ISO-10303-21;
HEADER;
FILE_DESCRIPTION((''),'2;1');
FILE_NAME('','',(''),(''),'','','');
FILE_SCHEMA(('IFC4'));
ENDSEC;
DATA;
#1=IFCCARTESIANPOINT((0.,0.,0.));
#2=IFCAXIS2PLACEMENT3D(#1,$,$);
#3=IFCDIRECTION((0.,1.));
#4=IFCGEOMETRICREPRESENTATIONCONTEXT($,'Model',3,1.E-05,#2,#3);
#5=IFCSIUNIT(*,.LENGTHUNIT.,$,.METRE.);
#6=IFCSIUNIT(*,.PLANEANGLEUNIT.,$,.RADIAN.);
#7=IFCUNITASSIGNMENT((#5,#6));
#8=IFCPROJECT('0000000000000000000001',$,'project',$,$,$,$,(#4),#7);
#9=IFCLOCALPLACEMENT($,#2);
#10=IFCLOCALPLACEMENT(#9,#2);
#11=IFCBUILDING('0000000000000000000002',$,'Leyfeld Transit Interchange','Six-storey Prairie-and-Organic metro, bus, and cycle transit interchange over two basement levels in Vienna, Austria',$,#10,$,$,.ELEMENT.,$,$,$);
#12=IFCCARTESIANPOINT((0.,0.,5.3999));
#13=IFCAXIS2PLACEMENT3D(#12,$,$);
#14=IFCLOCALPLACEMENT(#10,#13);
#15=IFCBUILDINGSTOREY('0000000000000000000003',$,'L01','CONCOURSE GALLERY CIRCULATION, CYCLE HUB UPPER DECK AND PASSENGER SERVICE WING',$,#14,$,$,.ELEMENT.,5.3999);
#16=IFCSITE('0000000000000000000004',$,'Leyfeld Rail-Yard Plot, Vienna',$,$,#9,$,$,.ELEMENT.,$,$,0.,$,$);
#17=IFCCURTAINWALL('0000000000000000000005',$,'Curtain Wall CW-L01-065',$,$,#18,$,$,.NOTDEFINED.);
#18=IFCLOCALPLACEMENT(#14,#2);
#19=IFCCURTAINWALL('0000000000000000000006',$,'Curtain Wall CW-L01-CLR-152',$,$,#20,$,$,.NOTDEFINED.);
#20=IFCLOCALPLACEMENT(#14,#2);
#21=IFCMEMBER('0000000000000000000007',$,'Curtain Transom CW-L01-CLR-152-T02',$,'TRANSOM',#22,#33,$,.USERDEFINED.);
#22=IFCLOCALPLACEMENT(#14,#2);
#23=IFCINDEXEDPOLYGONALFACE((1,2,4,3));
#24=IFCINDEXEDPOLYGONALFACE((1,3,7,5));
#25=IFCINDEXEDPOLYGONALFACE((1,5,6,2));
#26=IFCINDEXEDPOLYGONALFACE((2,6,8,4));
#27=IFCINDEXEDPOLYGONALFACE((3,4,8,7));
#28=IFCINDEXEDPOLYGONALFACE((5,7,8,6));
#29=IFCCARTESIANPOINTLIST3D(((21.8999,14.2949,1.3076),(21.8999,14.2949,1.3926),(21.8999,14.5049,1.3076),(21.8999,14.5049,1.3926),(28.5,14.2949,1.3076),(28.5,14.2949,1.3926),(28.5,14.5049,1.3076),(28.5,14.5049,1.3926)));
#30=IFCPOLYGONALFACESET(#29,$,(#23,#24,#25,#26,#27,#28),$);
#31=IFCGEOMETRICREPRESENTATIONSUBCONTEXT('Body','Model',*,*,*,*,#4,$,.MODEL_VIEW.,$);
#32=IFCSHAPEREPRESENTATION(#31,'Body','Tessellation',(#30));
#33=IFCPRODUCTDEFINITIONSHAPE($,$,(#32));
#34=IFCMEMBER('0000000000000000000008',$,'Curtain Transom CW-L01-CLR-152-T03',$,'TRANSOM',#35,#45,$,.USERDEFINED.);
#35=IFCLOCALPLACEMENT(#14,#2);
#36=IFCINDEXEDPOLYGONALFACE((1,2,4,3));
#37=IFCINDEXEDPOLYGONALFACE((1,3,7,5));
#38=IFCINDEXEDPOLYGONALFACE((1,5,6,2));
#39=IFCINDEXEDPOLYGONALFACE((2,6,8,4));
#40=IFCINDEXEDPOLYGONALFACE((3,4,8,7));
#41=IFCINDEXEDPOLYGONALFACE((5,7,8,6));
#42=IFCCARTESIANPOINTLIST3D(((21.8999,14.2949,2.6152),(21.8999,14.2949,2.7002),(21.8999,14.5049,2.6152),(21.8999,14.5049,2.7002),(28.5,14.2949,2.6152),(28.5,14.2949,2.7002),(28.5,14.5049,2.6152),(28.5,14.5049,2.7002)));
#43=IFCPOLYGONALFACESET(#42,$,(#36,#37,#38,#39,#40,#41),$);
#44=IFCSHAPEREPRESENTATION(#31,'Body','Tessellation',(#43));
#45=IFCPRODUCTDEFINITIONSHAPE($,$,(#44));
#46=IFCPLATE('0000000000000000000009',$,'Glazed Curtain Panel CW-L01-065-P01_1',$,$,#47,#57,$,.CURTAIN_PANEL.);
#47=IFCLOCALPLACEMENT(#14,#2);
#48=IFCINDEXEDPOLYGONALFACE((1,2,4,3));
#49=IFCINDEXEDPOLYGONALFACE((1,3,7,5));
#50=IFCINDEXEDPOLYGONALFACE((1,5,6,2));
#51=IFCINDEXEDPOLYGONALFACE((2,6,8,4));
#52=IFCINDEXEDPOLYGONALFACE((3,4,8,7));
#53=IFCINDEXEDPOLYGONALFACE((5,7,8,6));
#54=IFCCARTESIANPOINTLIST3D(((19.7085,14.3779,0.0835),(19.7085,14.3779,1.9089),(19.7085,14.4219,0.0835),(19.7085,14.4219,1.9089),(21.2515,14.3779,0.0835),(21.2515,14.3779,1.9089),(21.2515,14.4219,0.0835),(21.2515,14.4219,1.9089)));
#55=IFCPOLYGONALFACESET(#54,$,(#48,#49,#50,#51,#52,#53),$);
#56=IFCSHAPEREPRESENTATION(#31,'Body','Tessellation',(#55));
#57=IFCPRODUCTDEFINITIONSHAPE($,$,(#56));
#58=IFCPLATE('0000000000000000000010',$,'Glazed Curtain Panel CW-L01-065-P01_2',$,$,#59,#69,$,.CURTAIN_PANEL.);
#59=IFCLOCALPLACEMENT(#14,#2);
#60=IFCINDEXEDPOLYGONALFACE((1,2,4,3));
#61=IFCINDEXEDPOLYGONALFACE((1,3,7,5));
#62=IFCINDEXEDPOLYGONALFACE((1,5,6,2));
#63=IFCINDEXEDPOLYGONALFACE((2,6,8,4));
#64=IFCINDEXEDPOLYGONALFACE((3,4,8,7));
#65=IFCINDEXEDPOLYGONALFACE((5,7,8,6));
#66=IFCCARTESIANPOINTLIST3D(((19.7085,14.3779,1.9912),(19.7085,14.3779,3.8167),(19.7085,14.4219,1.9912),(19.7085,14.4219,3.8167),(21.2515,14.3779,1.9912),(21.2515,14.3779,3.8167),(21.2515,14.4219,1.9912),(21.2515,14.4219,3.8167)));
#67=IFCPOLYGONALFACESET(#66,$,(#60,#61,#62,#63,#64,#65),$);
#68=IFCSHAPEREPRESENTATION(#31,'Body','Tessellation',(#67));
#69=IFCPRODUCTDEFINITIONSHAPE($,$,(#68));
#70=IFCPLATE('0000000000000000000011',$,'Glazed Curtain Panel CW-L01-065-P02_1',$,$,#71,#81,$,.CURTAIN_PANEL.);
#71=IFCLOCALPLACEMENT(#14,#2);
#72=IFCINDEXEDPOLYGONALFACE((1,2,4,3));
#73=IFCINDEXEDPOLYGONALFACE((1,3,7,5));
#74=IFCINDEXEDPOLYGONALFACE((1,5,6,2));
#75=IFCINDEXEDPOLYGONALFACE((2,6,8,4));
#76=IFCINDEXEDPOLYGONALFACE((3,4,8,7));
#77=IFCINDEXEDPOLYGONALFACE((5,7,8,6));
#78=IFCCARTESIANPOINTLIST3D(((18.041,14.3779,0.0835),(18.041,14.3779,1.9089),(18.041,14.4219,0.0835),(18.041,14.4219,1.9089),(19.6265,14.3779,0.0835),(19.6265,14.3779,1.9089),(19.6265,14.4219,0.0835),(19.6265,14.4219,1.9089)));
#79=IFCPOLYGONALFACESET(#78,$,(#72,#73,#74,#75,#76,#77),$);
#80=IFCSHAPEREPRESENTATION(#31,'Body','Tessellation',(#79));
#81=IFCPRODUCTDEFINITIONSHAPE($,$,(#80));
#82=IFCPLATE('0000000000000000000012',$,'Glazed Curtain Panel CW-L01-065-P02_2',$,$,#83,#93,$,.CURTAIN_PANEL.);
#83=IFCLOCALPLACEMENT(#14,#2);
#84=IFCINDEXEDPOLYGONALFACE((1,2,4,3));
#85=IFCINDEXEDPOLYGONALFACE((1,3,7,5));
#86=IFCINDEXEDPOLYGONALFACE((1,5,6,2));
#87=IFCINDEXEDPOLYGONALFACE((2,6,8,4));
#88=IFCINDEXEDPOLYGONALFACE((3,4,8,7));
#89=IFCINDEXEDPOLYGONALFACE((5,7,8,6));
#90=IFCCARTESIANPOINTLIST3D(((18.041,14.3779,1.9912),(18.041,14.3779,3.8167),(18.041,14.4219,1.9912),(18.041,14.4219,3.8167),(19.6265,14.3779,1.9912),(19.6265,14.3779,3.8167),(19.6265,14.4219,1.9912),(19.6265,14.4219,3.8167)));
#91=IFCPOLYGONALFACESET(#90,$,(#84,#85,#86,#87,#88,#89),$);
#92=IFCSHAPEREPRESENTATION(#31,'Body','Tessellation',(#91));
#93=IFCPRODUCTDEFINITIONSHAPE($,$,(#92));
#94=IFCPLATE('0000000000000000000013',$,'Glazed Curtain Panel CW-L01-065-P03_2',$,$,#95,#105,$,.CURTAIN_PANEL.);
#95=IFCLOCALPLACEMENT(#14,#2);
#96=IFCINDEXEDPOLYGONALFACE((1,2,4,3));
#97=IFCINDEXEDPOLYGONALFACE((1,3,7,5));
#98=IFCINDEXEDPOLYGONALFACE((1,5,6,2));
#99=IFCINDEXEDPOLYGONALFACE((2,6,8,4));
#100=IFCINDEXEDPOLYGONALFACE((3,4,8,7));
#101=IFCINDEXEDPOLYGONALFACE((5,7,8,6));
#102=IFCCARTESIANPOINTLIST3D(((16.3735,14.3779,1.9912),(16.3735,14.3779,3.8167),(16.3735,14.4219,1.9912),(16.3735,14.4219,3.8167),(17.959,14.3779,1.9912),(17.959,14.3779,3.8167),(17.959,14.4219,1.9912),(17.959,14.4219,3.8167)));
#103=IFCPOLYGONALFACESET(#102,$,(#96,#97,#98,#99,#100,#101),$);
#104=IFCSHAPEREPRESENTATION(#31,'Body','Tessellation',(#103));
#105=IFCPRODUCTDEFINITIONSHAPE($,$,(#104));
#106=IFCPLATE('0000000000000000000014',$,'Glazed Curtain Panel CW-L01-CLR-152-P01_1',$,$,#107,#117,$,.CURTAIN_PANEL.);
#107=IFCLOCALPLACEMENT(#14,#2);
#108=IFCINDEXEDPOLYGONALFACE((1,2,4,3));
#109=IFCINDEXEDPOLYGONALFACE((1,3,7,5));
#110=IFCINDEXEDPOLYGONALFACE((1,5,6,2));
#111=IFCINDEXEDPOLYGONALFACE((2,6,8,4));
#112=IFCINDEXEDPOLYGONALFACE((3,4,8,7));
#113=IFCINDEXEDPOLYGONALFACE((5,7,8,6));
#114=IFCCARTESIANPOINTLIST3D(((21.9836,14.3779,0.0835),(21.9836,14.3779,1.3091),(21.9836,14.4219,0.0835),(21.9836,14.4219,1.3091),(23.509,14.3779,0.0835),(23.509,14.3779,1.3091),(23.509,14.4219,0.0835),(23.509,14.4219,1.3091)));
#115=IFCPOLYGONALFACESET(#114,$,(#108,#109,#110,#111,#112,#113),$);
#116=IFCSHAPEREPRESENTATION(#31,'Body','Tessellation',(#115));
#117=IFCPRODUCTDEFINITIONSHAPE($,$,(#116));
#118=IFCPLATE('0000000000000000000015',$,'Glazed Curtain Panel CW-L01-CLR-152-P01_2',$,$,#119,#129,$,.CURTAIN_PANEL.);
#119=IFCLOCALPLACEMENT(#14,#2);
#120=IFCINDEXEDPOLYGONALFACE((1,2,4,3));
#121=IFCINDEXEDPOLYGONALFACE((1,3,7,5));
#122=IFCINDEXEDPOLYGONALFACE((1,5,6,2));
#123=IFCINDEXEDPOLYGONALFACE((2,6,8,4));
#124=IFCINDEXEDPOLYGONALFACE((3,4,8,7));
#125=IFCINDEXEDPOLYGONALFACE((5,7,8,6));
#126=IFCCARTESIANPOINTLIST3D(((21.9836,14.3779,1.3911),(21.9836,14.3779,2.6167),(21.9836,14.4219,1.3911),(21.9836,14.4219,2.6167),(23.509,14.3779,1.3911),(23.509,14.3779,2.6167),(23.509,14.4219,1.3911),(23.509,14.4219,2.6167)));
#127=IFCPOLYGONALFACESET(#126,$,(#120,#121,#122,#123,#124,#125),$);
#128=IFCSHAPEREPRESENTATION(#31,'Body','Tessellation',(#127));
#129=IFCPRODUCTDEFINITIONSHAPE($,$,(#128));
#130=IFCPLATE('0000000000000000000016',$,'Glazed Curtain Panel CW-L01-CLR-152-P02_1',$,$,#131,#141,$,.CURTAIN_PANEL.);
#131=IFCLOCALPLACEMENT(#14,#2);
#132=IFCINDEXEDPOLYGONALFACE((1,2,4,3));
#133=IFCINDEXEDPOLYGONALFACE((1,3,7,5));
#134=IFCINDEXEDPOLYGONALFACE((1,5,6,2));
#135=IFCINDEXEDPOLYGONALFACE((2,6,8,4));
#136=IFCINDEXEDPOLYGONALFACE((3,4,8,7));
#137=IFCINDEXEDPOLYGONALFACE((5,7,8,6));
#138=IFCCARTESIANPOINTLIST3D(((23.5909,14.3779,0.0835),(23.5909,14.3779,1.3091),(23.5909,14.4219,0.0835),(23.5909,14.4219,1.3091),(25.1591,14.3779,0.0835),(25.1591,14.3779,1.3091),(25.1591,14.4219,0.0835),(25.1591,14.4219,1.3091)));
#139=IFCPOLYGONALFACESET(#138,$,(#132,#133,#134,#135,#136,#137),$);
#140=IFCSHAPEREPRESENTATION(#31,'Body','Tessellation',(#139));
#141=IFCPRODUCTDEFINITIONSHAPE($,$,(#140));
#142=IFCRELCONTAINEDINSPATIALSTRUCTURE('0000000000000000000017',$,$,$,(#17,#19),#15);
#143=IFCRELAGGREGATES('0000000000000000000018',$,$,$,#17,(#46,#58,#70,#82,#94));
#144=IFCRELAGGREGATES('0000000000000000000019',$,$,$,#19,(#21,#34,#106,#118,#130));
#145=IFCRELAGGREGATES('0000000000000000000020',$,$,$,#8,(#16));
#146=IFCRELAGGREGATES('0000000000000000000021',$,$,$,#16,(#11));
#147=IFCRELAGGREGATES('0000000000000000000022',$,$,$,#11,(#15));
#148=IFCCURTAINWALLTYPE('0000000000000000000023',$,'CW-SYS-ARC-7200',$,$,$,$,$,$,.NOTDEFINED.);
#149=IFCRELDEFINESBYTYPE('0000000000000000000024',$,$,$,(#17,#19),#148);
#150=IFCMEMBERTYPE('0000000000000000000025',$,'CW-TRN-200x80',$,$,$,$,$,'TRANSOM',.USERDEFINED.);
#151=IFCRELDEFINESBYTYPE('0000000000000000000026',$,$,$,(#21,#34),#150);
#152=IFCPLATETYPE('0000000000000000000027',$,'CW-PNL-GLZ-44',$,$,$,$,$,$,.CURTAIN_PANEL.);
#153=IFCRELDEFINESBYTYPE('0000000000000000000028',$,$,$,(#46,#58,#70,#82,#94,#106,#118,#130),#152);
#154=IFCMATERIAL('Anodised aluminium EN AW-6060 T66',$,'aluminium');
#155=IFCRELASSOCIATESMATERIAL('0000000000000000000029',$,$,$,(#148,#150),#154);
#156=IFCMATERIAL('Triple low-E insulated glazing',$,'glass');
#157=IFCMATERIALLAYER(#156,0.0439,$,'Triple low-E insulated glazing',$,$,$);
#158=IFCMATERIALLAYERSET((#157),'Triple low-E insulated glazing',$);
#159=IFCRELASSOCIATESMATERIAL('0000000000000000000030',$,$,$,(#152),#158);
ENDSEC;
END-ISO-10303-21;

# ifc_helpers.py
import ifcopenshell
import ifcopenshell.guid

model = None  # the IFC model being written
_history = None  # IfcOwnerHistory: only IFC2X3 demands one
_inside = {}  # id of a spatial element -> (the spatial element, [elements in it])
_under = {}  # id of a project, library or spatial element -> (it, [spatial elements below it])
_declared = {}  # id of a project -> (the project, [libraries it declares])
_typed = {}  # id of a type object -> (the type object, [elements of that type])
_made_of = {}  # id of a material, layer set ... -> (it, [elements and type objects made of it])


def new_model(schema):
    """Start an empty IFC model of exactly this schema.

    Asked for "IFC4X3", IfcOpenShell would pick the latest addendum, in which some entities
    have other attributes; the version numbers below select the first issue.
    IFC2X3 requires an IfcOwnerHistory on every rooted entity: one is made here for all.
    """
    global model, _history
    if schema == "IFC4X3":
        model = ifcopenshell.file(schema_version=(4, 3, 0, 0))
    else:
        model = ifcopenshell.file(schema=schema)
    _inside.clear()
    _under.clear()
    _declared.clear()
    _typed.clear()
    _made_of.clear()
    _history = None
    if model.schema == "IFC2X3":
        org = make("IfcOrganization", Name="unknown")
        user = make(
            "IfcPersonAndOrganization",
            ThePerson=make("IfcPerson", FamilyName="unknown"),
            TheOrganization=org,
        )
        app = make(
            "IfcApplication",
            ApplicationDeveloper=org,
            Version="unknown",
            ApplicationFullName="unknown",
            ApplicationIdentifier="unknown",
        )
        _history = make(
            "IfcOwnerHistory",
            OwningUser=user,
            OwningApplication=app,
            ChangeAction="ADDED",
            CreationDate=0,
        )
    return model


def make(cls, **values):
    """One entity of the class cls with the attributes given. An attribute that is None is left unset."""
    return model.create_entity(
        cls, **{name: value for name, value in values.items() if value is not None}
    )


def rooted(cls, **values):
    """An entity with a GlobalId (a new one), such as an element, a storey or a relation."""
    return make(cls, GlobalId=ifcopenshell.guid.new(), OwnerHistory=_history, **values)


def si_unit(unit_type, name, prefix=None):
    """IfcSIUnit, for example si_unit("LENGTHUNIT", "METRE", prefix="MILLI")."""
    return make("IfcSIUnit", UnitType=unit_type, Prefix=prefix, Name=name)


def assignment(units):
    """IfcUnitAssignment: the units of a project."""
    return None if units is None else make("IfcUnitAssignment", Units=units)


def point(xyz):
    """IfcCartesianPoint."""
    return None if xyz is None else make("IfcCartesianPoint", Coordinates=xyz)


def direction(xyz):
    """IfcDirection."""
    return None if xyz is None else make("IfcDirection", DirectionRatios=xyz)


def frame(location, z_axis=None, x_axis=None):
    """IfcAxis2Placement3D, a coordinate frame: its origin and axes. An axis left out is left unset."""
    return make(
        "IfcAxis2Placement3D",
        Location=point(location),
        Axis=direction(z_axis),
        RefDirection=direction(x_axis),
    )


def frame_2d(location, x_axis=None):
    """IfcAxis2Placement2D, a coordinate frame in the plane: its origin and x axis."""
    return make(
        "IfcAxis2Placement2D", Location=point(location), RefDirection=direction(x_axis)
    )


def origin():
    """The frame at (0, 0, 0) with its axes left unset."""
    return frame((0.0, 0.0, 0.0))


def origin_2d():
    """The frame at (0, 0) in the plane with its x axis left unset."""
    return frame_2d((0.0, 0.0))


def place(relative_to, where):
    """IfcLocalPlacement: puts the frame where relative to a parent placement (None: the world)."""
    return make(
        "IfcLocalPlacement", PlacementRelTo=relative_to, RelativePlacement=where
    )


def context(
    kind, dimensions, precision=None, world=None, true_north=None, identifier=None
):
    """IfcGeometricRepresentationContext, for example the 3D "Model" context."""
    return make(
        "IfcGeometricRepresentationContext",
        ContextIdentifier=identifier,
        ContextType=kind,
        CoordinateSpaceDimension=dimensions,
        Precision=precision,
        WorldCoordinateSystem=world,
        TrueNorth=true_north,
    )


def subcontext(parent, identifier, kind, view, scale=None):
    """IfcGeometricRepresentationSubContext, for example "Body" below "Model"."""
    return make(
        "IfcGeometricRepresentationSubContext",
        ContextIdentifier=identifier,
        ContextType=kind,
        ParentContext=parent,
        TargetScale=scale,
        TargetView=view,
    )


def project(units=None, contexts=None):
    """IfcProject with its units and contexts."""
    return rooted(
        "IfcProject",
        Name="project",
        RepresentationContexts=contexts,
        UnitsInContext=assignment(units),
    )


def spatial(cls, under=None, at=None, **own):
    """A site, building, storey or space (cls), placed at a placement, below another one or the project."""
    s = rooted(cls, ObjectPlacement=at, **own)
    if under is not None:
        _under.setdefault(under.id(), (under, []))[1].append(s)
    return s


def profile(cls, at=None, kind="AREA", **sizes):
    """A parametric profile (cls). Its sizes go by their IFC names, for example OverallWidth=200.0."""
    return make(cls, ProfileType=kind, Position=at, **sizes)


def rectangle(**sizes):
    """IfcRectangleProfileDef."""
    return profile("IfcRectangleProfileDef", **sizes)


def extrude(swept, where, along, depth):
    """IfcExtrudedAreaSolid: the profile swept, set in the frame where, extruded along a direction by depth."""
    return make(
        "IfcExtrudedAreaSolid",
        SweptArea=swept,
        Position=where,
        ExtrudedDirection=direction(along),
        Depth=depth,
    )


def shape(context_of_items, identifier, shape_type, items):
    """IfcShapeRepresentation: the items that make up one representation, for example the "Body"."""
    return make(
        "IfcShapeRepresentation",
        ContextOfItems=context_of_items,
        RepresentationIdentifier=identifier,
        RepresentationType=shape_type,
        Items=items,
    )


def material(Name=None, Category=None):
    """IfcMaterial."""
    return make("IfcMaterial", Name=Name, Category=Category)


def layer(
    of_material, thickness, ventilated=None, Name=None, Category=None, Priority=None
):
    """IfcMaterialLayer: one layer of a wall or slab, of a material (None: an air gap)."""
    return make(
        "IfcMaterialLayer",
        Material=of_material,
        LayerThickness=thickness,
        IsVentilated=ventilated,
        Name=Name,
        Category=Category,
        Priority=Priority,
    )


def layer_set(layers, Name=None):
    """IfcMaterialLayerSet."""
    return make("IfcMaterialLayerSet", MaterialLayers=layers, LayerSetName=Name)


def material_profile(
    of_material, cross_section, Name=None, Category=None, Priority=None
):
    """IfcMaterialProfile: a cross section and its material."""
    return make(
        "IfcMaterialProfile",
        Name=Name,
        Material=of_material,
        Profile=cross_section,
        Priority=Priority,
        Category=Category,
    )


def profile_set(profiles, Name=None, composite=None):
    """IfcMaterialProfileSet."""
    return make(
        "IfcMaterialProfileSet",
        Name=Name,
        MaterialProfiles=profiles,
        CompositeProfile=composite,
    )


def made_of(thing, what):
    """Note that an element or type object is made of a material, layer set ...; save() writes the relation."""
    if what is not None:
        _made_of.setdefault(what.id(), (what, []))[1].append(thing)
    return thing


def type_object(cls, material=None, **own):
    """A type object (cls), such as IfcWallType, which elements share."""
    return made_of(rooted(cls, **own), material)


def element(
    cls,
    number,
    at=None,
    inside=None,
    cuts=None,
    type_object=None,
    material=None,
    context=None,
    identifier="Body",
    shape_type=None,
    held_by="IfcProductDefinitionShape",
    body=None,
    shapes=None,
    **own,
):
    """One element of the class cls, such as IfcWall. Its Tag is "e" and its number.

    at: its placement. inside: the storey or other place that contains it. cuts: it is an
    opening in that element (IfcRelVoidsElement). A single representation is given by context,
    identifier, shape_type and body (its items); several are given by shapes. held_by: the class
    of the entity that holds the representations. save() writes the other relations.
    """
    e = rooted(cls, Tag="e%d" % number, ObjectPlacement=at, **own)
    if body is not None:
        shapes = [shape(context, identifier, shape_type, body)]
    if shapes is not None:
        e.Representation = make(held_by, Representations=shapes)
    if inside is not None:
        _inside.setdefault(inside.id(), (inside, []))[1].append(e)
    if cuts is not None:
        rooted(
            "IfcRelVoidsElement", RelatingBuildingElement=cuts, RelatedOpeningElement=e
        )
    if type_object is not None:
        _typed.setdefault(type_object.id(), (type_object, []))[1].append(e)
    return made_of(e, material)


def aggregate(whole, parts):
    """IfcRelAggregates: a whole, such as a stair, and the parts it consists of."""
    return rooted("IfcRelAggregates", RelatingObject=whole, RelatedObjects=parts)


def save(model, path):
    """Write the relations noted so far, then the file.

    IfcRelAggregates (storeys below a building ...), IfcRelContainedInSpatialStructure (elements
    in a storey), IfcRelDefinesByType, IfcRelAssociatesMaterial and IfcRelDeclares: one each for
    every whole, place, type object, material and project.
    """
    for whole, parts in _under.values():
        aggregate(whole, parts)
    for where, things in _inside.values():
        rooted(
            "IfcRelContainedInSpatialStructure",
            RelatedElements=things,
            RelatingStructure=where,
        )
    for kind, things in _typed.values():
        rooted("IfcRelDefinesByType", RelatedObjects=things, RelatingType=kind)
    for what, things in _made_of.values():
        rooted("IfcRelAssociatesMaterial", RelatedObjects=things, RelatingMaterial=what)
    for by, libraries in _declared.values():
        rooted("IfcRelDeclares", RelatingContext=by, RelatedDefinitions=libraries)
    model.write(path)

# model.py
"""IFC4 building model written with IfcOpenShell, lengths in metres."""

from ifc_helpers import new_model, si_unit, direction, frame, origin, origin_2d, place, context, subcontext, project, spatial, rectangle, extrude, material, layer, layer_set, material_profile, profile_set, type_object, element, aggregate, save


model = new_model("IFC4")

# Units and contexts
model_context = context("Model", 3, precision=1e-05, world=origin(), true_north=direction((0.0, 1.0)))
body_context = subcontext(model_context, "Body", "Model", "MODEL_VIEW")
ifc_project = project(units=[si_unit("LENGTHUNIT", "METRE"), si_unit("PLANEANGLEUNIT", "RADIAN")], contexts=[model_context])

# Site, building, storey
site_placement = place(None, origin())
site = spatial("IfcSite", under=ifc_project, at=site_placement, Name="Leyfeld Rail-Yard Plot, Vienna", CompositionType="ELEMENT", RefElevation=0.0)
building_placement = place(site_placement, origin())
building = spatial("IfcBuilding", under=site, at=building_placement, Name="Leyfeld Transit Interchange", Description="Six-storey Prairie-and-Organic metro, bus, and cycle transit interchange over two basement levels in Vienna, Austria", CompositionType="ELEMENT")
storey_placement = place(building_placement, frame((0.0, 0.0, 5.3999)))
storey = spatial("IfcBuildingStorey", under=building, at=storey_placement, Name="L01", Description="CONCOURSE GALLERY CIRCULATION, CYCLE HUB UPPER DECK AND PASSENGER SERVICE WING", CompositionType="ELEMENT", Elevation=5.3999)

# Curtain walls
ifc_material_1 = material(Name="Anodised aluminium EN AW-6060 T66", Category="aluminium")
curtain_wall_type = type_object("IfcCurtainWallType", Name="CW-SYS-ARC-7200", PredefinedType="NOTDEFINED", material=ifc_material_1)
curtain_wall_1_placement = place(storey_placement, origin())
curtain_wall_1 = element("IfcCurtainWall", 1, at=curtain_wall_1_placement, inside=storey, type_object=curtain_wall_type, Name="Curtain Wall CW-L01-065", PredefinedType="NOTDEFINED")
curtain_wall_2_placement = place(storey_placement, origin())
curtain_wall_2 = element("IfcCurtainWall", 2, at=curtain_wall_2_placement, inside=storey, type_object=curtain_wall_type, Name="Curtain Wall CW-L01-CLR-152", PredefinedType="NOTDEFINED")

# Members
ifc_material_profile_1 = material_profile(ifc_material_1, rectangle(XDim=0.21, YDim=0.085, at=origin_2d()), Name="CW-TRN-200x80")
ifc_profile_set_1 = profile_set([ifc_material_profile_1], Name="Anodised aluminium EN AW-6060 T66")
member_type_1 = type_object("IfcMemberType", Name="CW-TRN-200x80", ElementType="TRANSOM", PredefinedType="USERDEFINED", material=ifc_profile_set_1)
member_1_placement = place(storey_placement, frame((21.8999, 14.3999, 1.3501), z_axis=(1.0, 0.0, 0.0), x_axis=(0.0, 1.0, 0.0)))
member_1 = element("IfcMember", 3, at=member_1_placement, type_object=member_type_1, Name="Curtain Transom CW-L01-CLR-152-T02", ObjectType="TRANSOM", PredefinedType="USERDEFINED", context=body_context, shape_type="SweptSolid", body=[
    extrude(rectangle(XDim=0.21, YDim=0.085, at=origin_2d()), origin(), (0.0, 0.0, 1.0), 6.6001),
])
member_2_placement = place(storey_placement, frame((21.8999, 14.3999, 2.6577), z_axis=(1.0, 0.0, 0.0), x_axis=(0.0, 1.0, 0.0)))
member_2 = element("IfcMember", 4, at=member_2_placement, type_object=member_type_1, Name="Curtain Transom CW-L01-CLR-152-T03", ObjectType="TRANSOM", PredefinedType="USERDEFINED", context=body_context, shape_type="SweptSolid", body=[
    extrude(rectangle(XDim=0.21, YDim=0.085, at=origin_2d()), origin(), (0.0, 0.0, 1.0), 6.6001),
])

# Plates
ifc_material_2 = material(Name="Triple low-E insulated glazing", Category="glass")
ifc_layer = layer(ifc_material_2, 0.0439, Name="Triple low-E insulated glazing")
ifc_layer_set = layer_set([ifc_layer], Name="Triple low-E insulated glazing")
plate_type = type_object("IfcPlateType", Name="CW-PNL-GLZ-44", PredefinedType="CURTAIN_PANEL", material=ifc_layer_set)
plate_1_placement = place(storey_placement, frame((20.48, 14.3999, 0.0835), z_axis=(0.0, 0.0, 1.0), x_axis=(-1.0, 0.0, 0.0)))
plate_1 = element("IfcPlate", 5, at=plate_1_placement, type_object=plate_type, Name="Glazed Curtain Panel CW-L01-065-P01_1", PredefinedType="CURTAIN_PANEL", context=body_context, shape_type="SweptSolid", body=[
    extrude(rectangle(XDim=1.543, YDim=0.0439, at=origin_2d()), origin(), (0.0, 0.0, 1.0), 1.8254),
])
plate_2_placement = place(storey_placement, frame((20.48, 14.3999, 1.9912), z_axis=(0.0, 0.0, 1.0), x_axis=(-1.0, 0.0, 0.0)))
plate_2 = element("IfcPlate", 6, at=plate_2_placement, type_object=plate_type, Name="Glazed Curtain Panel CW-L01-065-P01_2", PredefinedType="CURTAIN_PANEL", context=body_context, shape_type="SweptSolid", body=[
    extrude(rectangle(XDim=1.543, YDim=0.0439, at=origin_2d()), origin(), (0.0, 0.0, 1.0), 1.8254),
])
plate_3_placement = place(storey_placement, frame((18.8337, 14.3999, 0.0835), z_axis=(0.0, 0.0, 1.0), x_axis=(-1.0, 0.0, 0.0)))
plate_3 = element("IfcPlate", 7, at=plate_3_placement, type_object=plate_type, Name="Glazed Curtain Panel CW-L01-065-P02_1", PredefinedType="CURTAIN_PANEL", context=body_context, shape_type="SweptSolid", body=[
    extrude(rectangle(XDim=1.5854, YDim=0.0439, at=origin_2d()), origin(), (0.0, 0.0, 1.0), 1.8254),
])
plate_4_placement = place(storey_placement, frame((18.8337, 14.3999, 1.9912), z_axis=(0.0, 0.0, 1.0), x_axis=(-1.0, 0.0, 0.0)))
plate_4 = element("IfcPlate", 8, at=plate_4_placement, type_object=plate_type, Name="Glazed Curtain Panel CW-L01-065-P02_2", PredefinedType="CURTAIN_PANEL", context=body_context, shape_type="SweptSolid", body=[
    extrude(rectangle(XDim=1.5854, YDim=0.0439, at=origin_2d()), origin(), (0.0, 0.0, 1.0), 1.8254),
])
plate_5_placement = place(storey_placement, frame((17.1663, 14.3999, 1.9912), z_axis=(0.0, 0.0, 1.0), x_axis=(-1.0, 0.0, 0.0)))
plate_5 = element("IfcPlate", 9, at=plate_5_placement, type_object=plate_type, Name="Glazed Curtain Panel CW-L01-065-P03_2", PredefinedType="CURTAIN_PANEL", context=body_context, shape_type="SweptSolid", body=[
    extrude(rectangle(XDim=1.5854, YDim=0.0439, at=origin_2d()), origin(), (0.0, 0.0, 1.0), 1.8254),
])
aggregate(curtain_wall_1, [plate_1, plate_2, plate_3, plate_4, plate_5])
plate_6_placement = place(storey_placement, frame((22.7463, 14.3999, 0.0835), z_axis=(0.0, 0.0, 1.0), x_axis=(1.0, 0.0, 0.0)))
plate_6 = element("IfcPlate", 10, at=plate_6_placement, type_object=plate_type, Name="Glazed Curtain Panel CW-L01-CLR-152-P01_1", PredefinedType="CURTAIN_PANEL", context=body_context, shape_type="SweptSolid", body=[
    extrude(rectangle(XDim=1.5254, YDim=0.0439, at=origin_2d()), origin(), (0.0, 0.0, 1.0), 1.2256),
])
plate_7_placement = place(storey_placement, frame((22.7463, 14.3999, 1.3911), z_axis=(0.0, 0.0, 1.0), x_axis=(1.0, 0.0, 0.0)))
plate_7 = element("IfcPlate", 11, at=plate_7_placement, type_object=plate_type, Name="Glazed Curtain Panel CW-L01-CLR-152-P01_2", PredefinedType="CURTAIN_PANEL", context=body_context, shape_type="SweptSolid", body=[
    extrude(rectangle(XDim=1.5254, YDim=0.0439, at=origin_2d()), origin(), (0.0, 0.0, 1.0), 1.2256),
])
plate_8_placement = place(storey_placement, frame((24.375, 14.3999, 0.0835), z_axis=(0.0, 0.0, 1.0), x_axis=(1.0, 0.0, 0.0)))
plate_8 = element("IfcPlate", 12, at=plate_8_placement, type_object=plate_type, Name="Glazed Curtain Panel CW-L01-CLR-152-P02_1", PredefinedType="CURTAIN_PANEL", context=body_context, shape_type="SweptSolid", body=[
    extrude(rectangle(XDim=1.5681, YDim=0.0439, at=origin_2d()), origin(), (0.0, 0.0, 1.0), 1.2256),
])
aggregate(curtain_wall_2, [member_1, member_2, plate_6, plate_7, plate_8])

save(model, "model.ifc")
